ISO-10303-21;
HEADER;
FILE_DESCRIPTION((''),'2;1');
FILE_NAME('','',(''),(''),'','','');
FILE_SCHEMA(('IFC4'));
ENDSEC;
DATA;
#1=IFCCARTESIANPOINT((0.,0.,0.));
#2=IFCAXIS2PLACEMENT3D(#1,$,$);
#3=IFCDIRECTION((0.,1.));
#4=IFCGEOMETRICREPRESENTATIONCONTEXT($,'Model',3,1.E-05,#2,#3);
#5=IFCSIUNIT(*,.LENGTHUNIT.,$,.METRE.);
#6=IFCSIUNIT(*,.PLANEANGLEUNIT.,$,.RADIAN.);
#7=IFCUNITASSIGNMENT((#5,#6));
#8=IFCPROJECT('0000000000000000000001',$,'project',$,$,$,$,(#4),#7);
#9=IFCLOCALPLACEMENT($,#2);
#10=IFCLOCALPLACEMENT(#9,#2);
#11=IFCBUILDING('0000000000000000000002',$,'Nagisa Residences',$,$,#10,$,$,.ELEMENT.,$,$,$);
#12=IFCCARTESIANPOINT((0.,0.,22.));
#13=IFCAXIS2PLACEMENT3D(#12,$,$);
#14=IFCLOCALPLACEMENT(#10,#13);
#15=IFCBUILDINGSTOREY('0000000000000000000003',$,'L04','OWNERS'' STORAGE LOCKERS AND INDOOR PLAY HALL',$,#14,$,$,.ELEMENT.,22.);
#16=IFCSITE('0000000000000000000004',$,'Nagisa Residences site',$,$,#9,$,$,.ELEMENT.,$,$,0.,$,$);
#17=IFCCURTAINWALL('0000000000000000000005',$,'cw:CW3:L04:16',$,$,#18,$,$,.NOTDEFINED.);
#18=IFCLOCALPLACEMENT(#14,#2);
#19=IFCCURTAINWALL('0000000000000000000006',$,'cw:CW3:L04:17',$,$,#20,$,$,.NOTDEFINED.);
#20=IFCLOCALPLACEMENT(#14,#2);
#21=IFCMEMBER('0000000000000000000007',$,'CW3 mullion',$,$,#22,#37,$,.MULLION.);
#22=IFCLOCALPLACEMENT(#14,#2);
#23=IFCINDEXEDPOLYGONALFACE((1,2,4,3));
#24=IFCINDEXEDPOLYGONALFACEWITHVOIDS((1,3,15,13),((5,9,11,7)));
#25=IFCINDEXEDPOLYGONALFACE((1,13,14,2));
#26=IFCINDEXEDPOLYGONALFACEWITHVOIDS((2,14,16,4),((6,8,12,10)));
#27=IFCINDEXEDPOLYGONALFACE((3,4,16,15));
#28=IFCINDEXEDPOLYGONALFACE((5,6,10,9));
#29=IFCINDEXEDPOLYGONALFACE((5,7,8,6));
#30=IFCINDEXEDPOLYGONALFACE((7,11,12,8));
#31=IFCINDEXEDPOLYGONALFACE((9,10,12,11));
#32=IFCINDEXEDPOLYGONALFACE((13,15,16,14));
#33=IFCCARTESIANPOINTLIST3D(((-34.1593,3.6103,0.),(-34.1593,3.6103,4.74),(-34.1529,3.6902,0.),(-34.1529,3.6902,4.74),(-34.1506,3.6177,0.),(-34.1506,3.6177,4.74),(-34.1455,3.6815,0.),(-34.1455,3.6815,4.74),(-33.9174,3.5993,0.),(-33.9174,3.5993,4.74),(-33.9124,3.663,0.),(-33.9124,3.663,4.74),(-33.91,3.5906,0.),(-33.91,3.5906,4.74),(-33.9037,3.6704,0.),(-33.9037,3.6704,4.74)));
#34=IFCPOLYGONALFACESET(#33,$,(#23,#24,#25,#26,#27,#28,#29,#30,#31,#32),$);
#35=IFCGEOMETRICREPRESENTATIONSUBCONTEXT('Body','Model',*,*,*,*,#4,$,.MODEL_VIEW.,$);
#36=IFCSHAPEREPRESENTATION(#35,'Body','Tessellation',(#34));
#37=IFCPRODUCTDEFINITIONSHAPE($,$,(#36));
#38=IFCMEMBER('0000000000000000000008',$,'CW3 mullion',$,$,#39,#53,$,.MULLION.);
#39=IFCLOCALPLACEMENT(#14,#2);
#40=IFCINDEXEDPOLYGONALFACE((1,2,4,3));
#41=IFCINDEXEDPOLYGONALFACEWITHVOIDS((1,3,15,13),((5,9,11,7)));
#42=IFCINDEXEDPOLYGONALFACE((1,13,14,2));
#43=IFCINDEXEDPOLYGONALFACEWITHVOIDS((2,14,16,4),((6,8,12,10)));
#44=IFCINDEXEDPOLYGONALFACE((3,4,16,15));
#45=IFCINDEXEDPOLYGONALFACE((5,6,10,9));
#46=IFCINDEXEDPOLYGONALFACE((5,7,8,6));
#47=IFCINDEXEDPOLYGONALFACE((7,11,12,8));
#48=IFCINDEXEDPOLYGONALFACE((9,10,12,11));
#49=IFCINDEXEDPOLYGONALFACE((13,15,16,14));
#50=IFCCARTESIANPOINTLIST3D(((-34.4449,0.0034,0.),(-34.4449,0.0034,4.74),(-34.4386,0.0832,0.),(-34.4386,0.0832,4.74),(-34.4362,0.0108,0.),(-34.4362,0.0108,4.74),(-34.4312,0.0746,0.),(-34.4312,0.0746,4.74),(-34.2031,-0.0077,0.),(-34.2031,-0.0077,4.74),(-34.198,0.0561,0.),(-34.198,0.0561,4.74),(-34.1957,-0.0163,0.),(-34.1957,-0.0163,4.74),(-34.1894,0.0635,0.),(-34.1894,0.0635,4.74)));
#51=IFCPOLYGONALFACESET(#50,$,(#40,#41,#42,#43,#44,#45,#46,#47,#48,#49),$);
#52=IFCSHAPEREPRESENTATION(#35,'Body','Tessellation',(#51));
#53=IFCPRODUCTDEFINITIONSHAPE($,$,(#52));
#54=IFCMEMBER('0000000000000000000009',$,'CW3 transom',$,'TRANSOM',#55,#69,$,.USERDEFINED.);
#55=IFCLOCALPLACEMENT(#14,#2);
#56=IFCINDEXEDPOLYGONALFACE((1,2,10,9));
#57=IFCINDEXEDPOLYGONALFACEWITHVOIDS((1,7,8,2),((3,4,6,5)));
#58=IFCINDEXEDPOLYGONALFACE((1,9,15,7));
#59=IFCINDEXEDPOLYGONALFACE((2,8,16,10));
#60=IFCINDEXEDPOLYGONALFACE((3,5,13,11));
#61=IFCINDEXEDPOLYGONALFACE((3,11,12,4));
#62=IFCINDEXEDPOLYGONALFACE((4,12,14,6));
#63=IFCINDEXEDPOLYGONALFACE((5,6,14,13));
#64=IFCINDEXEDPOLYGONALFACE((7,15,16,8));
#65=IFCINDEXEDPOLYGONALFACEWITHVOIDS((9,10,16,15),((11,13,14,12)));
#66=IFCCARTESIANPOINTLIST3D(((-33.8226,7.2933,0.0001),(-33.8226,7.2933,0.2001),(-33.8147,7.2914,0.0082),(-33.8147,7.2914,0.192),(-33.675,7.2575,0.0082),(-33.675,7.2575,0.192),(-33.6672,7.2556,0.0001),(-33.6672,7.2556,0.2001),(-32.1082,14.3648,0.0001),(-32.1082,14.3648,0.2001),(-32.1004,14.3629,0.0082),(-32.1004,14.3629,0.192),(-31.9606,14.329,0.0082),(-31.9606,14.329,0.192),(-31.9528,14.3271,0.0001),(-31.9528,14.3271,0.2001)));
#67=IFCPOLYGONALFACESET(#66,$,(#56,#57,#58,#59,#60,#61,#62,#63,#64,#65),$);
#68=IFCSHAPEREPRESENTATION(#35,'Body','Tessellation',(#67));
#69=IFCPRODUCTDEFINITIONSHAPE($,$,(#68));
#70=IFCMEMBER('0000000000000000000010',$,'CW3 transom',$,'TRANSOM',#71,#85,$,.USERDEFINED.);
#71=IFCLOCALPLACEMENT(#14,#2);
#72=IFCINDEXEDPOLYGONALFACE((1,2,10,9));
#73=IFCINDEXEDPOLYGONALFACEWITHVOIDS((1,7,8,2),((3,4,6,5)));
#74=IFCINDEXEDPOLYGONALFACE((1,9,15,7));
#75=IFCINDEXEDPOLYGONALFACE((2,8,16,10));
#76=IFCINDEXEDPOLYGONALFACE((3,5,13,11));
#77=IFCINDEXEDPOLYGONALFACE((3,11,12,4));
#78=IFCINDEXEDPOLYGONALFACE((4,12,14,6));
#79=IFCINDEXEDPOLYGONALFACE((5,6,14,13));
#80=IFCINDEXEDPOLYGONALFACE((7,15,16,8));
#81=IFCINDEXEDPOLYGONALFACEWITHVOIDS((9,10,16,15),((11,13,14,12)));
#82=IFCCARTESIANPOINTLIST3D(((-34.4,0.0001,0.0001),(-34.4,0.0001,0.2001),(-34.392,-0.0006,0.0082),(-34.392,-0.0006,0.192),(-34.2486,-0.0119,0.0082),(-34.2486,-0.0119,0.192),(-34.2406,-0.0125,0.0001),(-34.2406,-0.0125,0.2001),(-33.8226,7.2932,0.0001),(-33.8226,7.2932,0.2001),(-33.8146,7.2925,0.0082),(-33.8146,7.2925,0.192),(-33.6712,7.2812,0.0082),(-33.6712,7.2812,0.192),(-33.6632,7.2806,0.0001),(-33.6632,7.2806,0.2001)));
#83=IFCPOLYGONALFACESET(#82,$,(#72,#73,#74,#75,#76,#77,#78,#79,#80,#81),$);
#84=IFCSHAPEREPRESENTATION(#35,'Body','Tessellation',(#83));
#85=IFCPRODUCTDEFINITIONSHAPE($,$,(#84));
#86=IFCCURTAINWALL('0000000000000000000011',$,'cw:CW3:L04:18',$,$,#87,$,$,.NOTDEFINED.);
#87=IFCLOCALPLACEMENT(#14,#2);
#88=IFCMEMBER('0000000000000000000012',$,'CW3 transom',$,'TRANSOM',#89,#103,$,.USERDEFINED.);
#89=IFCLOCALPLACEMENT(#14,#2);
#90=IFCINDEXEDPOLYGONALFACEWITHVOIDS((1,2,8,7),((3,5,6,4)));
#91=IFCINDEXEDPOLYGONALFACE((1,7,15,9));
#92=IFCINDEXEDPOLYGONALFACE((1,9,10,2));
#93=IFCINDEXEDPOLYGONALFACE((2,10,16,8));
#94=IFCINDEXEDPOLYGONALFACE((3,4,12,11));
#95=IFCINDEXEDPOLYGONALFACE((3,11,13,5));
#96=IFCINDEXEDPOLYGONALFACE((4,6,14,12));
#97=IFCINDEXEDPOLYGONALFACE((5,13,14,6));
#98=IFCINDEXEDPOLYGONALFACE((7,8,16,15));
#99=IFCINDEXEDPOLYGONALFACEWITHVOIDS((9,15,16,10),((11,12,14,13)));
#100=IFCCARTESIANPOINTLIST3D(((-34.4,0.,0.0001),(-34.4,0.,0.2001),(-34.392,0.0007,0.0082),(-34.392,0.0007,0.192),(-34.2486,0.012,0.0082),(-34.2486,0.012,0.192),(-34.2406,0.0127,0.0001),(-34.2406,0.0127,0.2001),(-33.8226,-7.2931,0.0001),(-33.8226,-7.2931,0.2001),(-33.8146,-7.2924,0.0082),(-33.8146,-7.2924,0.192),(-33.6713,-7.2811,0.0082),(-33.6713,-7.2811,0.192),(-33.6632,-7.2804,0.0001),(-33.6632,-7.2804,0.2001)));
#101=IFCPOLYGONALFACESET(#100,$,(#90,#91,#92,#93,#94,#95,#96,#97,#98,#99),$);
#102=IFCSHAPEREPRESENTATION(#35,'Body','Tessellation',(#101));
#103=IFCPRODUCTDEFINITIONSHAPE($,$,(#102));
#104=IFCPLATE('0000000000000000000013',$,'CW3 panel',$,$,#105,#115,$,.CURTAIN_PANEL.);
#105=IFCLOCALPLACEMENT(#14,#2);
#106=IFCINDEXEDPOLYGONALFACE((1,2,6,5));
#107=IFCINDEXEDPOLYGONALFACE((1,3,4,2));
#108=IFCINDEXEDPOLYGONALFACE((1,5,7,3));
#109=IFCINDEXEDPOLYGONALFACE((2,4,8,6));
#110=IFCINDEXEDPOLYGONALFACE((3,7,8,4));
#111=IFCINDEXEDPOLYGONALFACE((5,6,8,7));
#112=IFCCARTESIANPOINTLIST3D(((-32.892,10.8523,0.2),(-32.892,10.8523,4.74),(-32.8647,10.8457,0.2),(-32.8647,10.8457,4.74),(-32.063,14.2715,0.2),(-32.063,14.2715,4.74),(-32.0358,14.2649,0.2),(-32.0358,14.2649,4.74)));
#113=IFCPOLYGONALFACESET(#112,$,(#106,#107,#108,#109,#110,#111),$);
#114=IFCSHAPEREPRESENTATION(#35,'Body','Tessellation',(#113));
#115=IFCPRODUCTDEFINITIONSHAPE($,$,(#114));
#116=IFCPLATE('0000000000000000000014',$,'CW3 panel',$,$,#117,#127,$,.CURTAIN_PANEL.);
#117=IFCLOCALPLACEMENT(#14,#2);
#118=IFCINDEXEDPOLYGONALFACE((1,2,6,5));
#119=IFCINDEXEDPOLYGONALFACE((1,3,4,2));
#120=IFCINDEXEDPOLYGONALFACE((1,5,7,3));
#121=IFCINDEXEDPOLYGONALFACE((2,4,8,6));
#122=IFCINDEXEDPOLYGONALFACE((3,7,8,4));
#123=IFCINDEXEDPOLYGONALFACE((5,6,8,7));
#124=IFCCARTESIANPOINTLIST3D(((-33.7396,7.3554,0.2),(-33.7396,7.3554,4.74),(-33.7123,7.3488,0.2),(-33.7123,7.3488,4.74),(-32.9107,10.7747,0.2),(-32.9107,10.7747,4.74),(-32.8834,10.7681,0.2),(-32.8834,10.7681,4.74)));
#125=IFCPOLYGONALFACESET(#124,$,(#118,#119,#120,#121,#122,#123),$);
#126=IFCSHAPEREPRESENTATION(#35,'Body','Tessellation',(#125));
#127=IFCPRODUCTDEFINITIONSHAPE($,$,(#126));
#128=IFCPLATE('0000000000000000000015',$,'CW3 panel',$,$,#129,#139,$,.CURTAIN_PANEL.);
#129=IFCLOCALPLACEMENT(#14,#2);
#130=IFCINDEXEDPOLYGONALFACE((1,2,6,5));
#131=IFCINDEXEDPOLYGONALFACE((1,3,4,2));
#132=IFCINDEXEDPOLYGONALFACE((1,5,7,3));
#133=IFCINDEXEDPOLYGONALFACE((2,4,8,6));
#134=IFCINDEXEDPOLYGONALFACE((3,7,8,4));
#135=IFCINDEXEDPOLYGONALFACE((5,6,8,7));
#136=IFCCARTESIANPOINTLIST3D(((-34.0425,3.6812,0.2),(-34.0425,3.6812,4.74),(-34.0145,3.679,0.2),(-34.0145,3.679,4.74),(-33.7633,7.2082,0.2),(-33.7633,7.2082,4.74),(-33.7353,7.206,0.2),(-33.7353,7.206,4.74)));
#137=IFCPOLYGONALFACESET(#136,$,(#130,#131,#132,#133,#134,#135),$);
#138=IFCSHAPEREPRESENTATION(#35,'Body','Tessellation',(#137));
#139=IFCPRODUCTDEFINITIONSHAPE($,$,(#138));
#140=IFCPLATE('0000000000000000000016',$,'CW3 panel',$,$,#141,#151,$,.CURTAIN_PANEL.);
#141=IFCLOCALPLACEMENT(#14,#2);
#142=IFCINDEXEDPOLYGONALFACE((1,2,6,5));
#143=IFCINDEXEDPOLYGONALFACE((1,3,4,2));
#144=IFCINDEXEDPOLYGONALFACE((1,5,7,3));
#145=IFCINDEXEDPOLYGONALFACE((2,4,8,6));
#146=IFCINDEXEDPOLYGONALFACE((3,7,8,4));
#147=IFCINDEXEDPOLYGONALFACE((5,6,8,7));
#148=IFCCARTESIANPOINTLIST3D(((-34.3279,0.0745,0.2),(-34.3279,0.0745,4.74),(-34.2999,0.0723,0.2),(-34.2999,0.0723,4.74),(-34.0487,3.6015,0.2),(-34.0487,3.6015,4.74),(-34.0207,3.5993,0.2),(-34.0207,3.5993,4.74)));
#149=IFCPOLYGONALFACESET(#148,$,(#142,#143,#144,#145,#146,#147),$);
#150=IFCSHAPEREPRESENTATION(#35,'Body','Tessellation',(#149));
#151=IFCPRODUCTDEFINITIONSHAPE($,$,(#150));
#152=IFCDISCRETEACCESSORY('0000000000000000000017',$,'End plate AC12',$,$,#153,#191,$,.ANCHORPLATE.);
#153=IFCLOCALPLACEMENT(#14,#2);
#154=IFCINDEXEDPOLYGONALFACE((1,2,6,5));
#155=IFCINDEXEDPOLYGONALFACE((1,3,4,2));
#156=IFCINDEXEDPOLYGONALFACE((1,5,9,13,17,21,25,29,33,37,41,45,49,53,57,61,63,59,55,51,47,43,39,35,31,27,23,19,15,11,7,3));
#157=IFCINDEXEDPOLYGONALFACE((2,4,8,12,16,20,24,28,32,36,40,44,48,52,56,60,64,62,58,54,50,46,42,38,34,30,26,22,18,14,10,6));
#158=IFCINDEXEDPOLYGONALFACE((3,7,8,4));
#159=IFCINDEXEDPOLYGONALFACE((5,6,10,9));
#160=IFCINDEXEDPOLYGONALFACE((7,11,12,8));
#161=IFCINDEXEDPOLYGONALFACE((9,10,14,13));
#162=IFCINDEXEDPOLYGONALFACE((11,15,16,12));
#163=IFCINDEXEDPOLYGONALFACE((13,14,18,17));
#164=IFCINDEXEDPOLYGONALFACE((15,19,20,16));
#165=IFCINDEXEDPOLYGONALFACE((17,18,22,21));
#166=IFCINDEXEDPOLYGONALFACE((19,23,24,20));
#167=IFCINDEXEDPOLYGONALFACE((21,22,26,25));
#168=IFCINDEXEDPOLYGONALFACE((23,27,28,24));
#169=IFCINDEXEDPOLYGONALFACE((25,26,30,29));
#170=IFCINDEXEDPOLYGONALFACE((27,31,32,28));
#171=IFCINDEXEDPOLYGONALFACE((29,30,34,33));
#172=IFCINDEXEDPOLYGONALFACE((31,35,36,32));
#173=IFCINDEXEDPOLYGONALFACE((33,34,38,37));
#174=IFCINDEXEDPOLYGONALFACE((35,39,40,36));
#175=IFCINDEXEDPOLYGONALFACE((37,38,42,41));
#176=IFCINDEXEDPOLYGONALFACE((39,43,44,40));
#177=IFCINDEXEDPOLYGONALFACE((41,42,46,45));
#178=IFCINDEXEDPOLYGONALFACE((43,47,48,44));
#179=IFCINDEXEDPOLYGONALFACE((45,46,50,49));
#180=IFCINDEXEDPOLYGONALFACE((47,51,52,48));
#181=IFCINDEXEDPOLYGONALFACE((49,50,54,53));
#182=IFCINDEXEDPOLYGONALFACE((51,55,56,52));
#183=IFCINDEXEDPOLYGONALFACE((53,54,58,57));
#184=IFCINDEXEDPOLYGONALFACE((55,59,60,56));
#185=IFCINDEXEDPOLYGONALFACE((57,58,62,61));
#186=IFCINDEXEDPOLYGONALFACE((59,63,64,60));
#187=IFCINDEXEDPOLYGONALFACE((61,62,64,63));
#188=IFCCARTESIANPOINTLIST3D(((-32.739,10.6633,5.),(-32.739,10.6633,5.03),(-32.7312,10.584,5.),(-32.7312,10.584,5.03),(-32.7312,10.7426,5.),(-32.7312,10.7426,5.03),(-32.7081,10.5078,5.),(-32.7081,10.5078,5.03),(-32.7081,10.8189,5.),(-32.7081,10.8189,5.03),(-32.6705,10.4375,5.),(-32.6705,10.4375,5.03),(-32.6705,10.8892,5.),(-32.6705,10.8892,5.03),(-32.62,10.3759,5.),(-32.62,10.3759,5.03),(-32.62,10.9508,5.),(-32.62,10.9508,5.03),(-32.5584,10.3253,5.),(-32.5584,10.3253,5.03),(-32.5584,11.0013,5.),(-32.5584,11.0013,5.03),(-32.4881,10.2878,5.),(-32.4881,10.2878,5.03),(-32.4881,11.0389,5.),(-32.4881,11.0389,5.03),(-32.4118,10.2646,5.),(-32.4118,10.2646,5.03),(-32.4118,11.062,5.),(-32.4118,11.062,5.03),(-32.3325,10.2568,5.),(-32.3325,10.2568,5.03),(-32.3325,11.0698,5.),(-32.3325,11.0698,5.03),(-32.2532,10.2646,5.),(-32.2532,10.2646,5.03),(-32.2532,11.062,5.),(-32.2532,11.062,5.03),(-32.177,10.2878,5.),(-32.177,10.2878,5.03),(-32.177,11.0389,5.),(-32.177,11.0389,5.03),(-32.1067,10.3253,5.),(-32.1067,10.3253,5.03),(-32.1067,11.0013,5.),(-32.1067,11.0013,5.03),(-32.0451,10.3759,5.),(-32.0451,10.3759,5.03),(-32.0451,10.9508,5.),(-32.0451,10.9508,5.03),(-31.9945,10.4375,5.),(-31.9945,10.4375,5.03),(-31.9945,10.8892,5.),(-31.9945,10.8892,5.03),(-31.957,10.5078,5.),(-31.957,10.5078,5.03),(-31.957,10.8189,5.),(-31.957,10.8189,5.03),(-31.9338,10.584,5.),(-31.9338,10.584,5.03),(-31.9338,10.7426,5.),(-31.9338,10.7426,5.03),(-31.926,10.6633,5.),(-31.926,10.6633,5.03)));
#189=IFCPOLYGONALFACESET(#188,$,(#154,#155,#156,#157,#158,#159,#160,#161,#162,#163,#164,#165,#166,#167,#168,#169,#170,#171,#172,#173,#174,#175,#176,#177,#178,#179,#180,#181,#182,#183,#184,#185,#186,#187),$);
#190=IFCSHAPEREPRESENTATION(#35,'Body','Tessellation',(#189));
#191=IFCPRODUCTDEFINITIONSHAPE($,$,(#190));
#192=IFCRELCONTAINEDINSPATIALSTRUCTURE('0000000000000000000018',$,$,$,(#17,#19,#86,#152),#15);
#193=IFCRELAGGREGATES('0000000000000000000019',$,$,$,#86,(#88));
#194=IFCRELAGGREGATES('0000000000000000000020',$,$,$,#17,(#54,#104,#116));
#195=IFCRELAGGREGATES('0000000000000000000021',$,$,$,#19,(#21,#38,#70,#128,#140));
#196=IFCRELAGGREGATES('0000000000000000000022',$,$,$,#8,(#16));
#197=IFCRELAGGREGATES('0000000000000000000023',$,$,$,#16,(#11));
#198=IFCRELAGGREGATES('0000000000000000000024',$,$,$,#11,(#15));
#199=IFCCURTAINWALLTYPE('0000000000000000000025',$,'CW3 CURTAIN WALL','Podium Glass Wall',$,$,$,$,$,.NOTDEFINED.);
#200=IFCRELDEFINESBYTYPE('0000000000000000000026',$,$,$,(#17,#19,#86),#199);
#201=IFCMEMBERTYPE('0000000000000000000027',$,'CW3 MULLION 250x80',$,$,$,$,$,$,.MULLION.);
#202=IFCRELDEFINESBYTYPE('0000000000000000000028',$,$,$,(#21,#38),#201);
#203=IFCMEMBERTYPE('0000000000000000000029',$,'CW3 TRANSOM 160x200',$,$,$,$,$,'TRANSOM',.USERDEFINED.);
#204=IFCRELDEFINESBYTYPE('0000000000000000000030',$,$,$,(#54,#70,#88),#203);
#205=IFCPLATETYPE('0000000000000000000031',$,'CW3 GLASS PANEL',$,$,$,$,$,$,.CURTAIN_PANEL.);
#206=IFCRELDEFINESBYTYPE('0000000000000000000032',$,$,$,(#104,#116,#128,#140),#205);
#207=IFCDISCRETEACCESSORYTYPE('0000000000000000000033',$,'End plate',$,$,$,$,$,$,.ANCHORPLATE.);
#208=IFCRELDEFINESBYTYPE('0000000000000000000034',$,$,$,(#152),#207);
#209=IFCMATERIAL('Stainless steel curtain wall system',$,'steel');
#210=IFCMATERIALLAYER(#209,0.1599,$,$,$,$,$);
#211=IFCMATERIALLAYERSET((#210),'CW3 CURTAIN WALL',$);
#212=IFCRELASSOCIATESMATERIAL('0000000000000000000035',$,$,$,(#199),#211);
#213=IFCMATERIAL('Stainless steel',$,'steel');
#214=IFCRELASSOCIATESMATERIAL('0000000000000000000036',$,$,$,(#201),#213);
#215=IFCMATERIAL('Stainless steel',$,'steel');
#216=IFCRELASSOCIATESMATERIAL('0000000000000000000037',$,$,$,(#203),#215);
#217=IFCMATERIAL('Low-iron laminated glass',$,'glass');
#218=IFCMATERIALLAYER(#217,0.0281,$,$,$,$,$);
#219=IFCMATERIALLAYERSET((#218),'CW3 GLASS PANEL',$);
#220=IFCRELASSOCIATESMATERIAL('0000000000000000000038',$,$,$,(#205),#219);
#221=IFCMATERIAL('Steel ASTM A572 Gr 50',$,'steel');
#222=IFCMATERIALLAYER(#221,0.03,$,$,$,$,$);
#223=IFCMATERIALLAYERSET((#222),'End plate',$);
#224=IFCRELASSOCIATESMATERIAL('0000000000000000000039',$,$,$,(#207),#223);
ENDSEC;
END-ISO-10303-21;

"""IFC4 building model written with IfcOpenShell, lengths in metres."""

from ifc_helpers import new_model, si_unit, direction, frame, origin, origin_2d, place, context, subcontext, project, spatial, rectangle, hollow_rectangle, circle, extrude, material, layer, layer_set, material_profile, profile_set, type_object, element, aggregate, save


model = new_model("IFC4")

# Units and contexts
model_context = context("Model", 3, precision=1e-05, world=origin(), true_north=direction((0.0, 1.0)))
body_context = subcontext(model_context, "Body", "Model", "MODEL_VIEW")
ifc_project = project(units=[si_unit("LENGTHUNIT", "METRE"), si_unit("PLANEANGLEUNIT", "RADIAN")], contexts=[model_context])

# Site, building, storey
site_placement = place(None, origin())
site = spatial("IfcSite", under=ifc_project, at=site_placement, Name="Nagisa Residences site", CompositionType="ELEMENT", RefElevation=0.0)
building_placement = place(site_placement, origin())
building = spatial("IfcBuilding", under=site, at=building_placement, Name="Nagisa Residences", CompositionType="ELEMENT")
storey_placement = place(building_placement, frame((0.0, 0.0, 22.0)))
storey = spatial("IfcBuildingStorey", under=building, at=storey_placement, Name="L04", Description="OWNERS' STORAGE LOCKERS AND INDOOR PLAY HALL", CompositionType="ELEMENT", Elevation=22.0)

# Shared definitions
ifc_material_1 = material(Name="Stainless steel curtain wall system", Category="steel")
ifc_layer_1 = layer(ifc_material_1, 0.1599)
ifc_layer_set_1 = layer_set([ifc_layer_1], Name="CW3 CURTAIN WALL")
curtain_wall_type = type_object("IfcCurtainWallType", Name="CW3 CURTAIN WALL", Description="Podium Glass Wall", PredefinedType="NOTDEFINED", material=ifc_layer_set_1)
ifc_material_2 = material(Name="Stainless steel", Category="steel")
ifc_material_profile_1 = material_profile(ifc_material_2, hollow_rectangle(XDim=0.25, YDim=0.0801, WallThickness=0.0081, at=origin_2d()), Name="CW3 MULLION 250x80")
ifc_profile_set_1 = profile_set([ifc_material_profile_1], Name="Stainless steel")
member_type_1 = type_object("IfcMemberType", Name="CW3 MULLION 250x80", PredefinedType="MULLION", material=ifc_profile_set_1)

# Curtain walls, members
curtain_wall_1_placement = place(storey_placement, origin())
curtain_wall_1 = element("IfcCurtainWall", 1, at=curtain_wall_1_placement, inside=storey, type_object=curtain_wall_type, Name="cw:CW3:L04:16", PredefinedType="NOTDEFINED")
curtain_wall_2_placement = place(storey_placement, origin())
curtain_wall_2 = element("IfcCurtainWall", 2, at=curtain_wall_2_placement, inside=storey, type_object=curtain_wall_type, Name="cw:CW3:L04:17", PredefinedType="NOTDEFINED")
member_1_placement = place(storey_placement, frame((-34.0315, 3.6404, 0.0), z_axis=(0.0, 0.0, 1.0), x_axis=(0.996882, -0.07891, 0.0)))
member_1 = element("IfcMember", 3, at=member_1_placement, type_object=member_type_1, Name="CW3 mullion", PredefinedType="MULLION", context=body_context, shape_type="SweptSolid", body=[
    extrude(hollow_rectangle(XDim=0.25, YDim=0.0801, WallThickness=0.0081, at=origin_2d()), origin(), (0.0, 0.0, 1.0), 4.74),
])
member_2_placement = place(storey_placement, frame((-34.3171, 0.0334, 0.0), z_axis=(0.0, 0.0, 1.0), x_axis=(0.996882, -0.07891, 0.0)))
member_2 = element("IfcMember", 4, at=member_2_placement, type_object=member_type_1, Name="CW3 mullion", PredefinedType="MULLION", context=body_context, shape_type="SweptSolid", body=[
    extrude(hollow_rectangle(XDim=0.25, YDim=0.0801, WallThickness=0.0081, at=origin_2d()), origin(), (0.0, 0.0, 1.0), 4.74),
])

# Members
ifc_material_3 = material(Name="Stainless steel", Category="steel")
ifc_material_profile_2 = material_profile(ifc_material_3, hollow_rectangle(XDim=0.1599, YDim=0.2, WallThickness=0.0081, at=origin_2d()), Name="CW3 TRANSOM 160x200")
ifc_profile_set_2 = profile_set([ifc_material_profile_2], Name="Stainless steel")
member_type_2 = type_object("IfcMemberType", Name="CW3 TRANSOM 160x200", ElementType="TRANSOM", PredefinedType="USERDEFINED", material=ifc_profile_set_2)
member_3_placement = place(storey_placement, frame((-32.0305, 14.3459, 0.1001), z_axis=(-0.235606, -0.971849, 0.0), x_axis=(0.971849, -0.235606, 0.0)))
member_3 = element("IfcMember", 5, at=member_3_placement, type_object=member_type_2, Name="CW3 transom", ObjectType="TRANSOM", PredefinedType="USERDEFINED", context=body_context, shape_type="SweptSolid", body=[
    extrude(hollow_rectangle(XDim=0.1599, YDim=0.2, WallThickness=0.0081, at=origin_2d()), origin(), (0.0, 0.0, 1.0), 7.2764),
])
member_4_placement = place(storey_placement, frame((-33.7429, 7.2869, 0.1001), z_axis=(-0.078922, -0.996881, 0.0), x_axis=(0.996881, -0.078922, 0.0)))
member_4 = element("IfcMember", 6, at=member_4_placement, type_object=member_type_2, Name="CW3 transom", ObjectType="TRANSOM", PredefinedType="USERDEFINED", context=body_context, shape_type="SweptSolid", body=[
    extrude(hollow_rectangle(XDim=0.1599, YDim=0.2, WallThickness=0.0081, at=origin_2d()), origin(), (0.0, 0.0, 1.0), 7.3159),
])

# Curtain wall, member
curtain_wall_3_placement = place(storey_placement, origin())
curtain_wall_3 = element("IfcCurtainWall", 7, at=curtain_wall_3_placement, inside=storey, type_object=curtain_wall_type, Name="cw:CW3:L04:18", PredefinedType="NOTDEFINED")
member_5_placement = place(storey_placement, frame((-34.3203, 0.0063, 0.1001), z_axis=(0.078922, -0.996881, 0.0), x_axis=(0.996881, 0.078922, 0.0)))
member_5 = element("IfcMember", 8, at=member_5_placement, type_object=member_type_2, Name="CW3 transom", ObjectType="TRANSOM", PredefinedType="USERDEFINED", context=body_context, shape_type="SweptSolid", body=[
    extrude(hollow_rectangle(XDim=0.1599, YDim=0.2, WallThickness=0.0081, at=origin_2d()), origin(), (0.0, 0.0, 1.0), 7.3159),
])
aggregate(curtain_wall_3, [member_5])

# Plates
ifc_material_4 = material(Name="Low-iron laminated glass", Category="glass")
ifc_layer_2 = layer(ifc_material_4, 0.0281)
ifc_layer_set_2 = layer_set([ifc_layer_2], Name="CW3 GLASS PANEL")
plate_type = type_object("IfcPlateType", Name="CW3 GLASS PANEL", PredefinedType="CURTAIN_PANEL", material=ifc_layer_set_2)
plate_1_placement = place(storey_placement, frame((-32.4639, 12.5586, 0.2), z_axis=(0.0, 0.0, 1.0), x_axis=(-0.235606, -0.971849, 0.0)))
plate_1 = element("IfcPlate", 9, at=plate_1_placement, type_object=plate_type, Name="CW3 panel", PredefinedType="CURTAIN_PANEL", context=body_context, shape_type="SweptSolid", body=[
    extrude(rectangle(XDim=3.5183, YDim=0.0281, at=origin_2d()), origin(), (0.0, 0.0, 1.0), 4.54),
])
plate_2_placement = place(storey_placement, frame((-33.3115, 9.0618, 0.2), z_axis=(0.0, 0.0, 1.0), x_axis=(-0.235606, -0.971849, 0.0)))
plate_2 = element("IfcPlate", 10, at=plate_2_placement, type_object=plate_type, Name="CW3 panel", PredefinedType="CURTAIN_PANEL", context=body_context, shape_type="SweptSolid", body=[
    extrude(rectangle(XDim=3.5183, YDim=0.0281, at=origin_2d()), origin(), (0.0, 0.0, 1.0), 4.54),
])
aggregate(curtain_wall_1, [member_3, plate_1, plate_2])
plate_3_placement = place(storey_placement, frame((-33.8889, 5.4436, 0.2), z_axis=(0.0, 0.0, 1.0), x_axis=(-0.07891, -0.996882, 0.0)))
plate_3 = element("IfcPlate", 11, at=plate_3_placement, type_object=plate_type, Name="CW3 panel", PredefinedType="CURTAIN_PANEL", context=body_context, shape_type="SweptSolid", body=[
    extrude(rectangle(XDim=3.5381, YDim=0.0281, at=origin_2d()), origin(), (0.0, 0.0, 1.0), 4.54),
])
plate_4_placement = place(storey_placement, frame((-34.1743, 1.8369, 0.2), z_axis=(0.0, 0.0, 1.0), x_axis=(-0.07891, -0.996882, 0.0)))
plate_4 = element("IfcPlate", 12, at=plate_4_placement, type_object=plate_type, Name="CW3 panel", PredefinedType="CURTAIN_PANEL", context=body_context, shape_type="SweptSolid", body=[
    extrude(rectangle(XDim=3.5381, YDim=0.0281, at=origin_2d()), origin(), (0.0, 0.0, 1.0), 4.54),
])
aggregate(curtain_wall_2, [member_1, member_2, member_4, plate_3, plate_4])

# Discrete accessory
ifc_material_5 = material(Name="Steel ASTM A572 Gr 50", Category="steel")
ifc_layer_3 = layer(ifc_material_5, 0.03)
ifc_layer_set_3 = layer_set([ifc_layer_3], Name="End plate")
discrete_accessory_type_1 = type_object("IfcDiscreteAccessoryType", Name="End plate", PredefinedType="ANCHORPLATE", material=ifc_layer_set_3)
for number, where, z_axis, x_axis, name in (
    (13, (-32.3325, 10.6633, 5.0), (0.0, 0.0, 1.0), (1.0, 0.0, 0.0), "End plate AC12"),
):
    element("IfcDiscreteAccessory", number, at=place(storey_placement, frame(where, z_axis=z_axis, x_axis=x_axis)), inside=storey, type_object=discrete_accessory_type_1, Name=name, PredefinedType="ANCHORPLATE", context=body_context, shape_type="SweptSolid", body=[
        extrude(circle(Radius=0.4065, at=origin_2d()), origin(), (0.0, 0.0, 1.0), 0.03),
    ])

save(model, "model.ifc")
